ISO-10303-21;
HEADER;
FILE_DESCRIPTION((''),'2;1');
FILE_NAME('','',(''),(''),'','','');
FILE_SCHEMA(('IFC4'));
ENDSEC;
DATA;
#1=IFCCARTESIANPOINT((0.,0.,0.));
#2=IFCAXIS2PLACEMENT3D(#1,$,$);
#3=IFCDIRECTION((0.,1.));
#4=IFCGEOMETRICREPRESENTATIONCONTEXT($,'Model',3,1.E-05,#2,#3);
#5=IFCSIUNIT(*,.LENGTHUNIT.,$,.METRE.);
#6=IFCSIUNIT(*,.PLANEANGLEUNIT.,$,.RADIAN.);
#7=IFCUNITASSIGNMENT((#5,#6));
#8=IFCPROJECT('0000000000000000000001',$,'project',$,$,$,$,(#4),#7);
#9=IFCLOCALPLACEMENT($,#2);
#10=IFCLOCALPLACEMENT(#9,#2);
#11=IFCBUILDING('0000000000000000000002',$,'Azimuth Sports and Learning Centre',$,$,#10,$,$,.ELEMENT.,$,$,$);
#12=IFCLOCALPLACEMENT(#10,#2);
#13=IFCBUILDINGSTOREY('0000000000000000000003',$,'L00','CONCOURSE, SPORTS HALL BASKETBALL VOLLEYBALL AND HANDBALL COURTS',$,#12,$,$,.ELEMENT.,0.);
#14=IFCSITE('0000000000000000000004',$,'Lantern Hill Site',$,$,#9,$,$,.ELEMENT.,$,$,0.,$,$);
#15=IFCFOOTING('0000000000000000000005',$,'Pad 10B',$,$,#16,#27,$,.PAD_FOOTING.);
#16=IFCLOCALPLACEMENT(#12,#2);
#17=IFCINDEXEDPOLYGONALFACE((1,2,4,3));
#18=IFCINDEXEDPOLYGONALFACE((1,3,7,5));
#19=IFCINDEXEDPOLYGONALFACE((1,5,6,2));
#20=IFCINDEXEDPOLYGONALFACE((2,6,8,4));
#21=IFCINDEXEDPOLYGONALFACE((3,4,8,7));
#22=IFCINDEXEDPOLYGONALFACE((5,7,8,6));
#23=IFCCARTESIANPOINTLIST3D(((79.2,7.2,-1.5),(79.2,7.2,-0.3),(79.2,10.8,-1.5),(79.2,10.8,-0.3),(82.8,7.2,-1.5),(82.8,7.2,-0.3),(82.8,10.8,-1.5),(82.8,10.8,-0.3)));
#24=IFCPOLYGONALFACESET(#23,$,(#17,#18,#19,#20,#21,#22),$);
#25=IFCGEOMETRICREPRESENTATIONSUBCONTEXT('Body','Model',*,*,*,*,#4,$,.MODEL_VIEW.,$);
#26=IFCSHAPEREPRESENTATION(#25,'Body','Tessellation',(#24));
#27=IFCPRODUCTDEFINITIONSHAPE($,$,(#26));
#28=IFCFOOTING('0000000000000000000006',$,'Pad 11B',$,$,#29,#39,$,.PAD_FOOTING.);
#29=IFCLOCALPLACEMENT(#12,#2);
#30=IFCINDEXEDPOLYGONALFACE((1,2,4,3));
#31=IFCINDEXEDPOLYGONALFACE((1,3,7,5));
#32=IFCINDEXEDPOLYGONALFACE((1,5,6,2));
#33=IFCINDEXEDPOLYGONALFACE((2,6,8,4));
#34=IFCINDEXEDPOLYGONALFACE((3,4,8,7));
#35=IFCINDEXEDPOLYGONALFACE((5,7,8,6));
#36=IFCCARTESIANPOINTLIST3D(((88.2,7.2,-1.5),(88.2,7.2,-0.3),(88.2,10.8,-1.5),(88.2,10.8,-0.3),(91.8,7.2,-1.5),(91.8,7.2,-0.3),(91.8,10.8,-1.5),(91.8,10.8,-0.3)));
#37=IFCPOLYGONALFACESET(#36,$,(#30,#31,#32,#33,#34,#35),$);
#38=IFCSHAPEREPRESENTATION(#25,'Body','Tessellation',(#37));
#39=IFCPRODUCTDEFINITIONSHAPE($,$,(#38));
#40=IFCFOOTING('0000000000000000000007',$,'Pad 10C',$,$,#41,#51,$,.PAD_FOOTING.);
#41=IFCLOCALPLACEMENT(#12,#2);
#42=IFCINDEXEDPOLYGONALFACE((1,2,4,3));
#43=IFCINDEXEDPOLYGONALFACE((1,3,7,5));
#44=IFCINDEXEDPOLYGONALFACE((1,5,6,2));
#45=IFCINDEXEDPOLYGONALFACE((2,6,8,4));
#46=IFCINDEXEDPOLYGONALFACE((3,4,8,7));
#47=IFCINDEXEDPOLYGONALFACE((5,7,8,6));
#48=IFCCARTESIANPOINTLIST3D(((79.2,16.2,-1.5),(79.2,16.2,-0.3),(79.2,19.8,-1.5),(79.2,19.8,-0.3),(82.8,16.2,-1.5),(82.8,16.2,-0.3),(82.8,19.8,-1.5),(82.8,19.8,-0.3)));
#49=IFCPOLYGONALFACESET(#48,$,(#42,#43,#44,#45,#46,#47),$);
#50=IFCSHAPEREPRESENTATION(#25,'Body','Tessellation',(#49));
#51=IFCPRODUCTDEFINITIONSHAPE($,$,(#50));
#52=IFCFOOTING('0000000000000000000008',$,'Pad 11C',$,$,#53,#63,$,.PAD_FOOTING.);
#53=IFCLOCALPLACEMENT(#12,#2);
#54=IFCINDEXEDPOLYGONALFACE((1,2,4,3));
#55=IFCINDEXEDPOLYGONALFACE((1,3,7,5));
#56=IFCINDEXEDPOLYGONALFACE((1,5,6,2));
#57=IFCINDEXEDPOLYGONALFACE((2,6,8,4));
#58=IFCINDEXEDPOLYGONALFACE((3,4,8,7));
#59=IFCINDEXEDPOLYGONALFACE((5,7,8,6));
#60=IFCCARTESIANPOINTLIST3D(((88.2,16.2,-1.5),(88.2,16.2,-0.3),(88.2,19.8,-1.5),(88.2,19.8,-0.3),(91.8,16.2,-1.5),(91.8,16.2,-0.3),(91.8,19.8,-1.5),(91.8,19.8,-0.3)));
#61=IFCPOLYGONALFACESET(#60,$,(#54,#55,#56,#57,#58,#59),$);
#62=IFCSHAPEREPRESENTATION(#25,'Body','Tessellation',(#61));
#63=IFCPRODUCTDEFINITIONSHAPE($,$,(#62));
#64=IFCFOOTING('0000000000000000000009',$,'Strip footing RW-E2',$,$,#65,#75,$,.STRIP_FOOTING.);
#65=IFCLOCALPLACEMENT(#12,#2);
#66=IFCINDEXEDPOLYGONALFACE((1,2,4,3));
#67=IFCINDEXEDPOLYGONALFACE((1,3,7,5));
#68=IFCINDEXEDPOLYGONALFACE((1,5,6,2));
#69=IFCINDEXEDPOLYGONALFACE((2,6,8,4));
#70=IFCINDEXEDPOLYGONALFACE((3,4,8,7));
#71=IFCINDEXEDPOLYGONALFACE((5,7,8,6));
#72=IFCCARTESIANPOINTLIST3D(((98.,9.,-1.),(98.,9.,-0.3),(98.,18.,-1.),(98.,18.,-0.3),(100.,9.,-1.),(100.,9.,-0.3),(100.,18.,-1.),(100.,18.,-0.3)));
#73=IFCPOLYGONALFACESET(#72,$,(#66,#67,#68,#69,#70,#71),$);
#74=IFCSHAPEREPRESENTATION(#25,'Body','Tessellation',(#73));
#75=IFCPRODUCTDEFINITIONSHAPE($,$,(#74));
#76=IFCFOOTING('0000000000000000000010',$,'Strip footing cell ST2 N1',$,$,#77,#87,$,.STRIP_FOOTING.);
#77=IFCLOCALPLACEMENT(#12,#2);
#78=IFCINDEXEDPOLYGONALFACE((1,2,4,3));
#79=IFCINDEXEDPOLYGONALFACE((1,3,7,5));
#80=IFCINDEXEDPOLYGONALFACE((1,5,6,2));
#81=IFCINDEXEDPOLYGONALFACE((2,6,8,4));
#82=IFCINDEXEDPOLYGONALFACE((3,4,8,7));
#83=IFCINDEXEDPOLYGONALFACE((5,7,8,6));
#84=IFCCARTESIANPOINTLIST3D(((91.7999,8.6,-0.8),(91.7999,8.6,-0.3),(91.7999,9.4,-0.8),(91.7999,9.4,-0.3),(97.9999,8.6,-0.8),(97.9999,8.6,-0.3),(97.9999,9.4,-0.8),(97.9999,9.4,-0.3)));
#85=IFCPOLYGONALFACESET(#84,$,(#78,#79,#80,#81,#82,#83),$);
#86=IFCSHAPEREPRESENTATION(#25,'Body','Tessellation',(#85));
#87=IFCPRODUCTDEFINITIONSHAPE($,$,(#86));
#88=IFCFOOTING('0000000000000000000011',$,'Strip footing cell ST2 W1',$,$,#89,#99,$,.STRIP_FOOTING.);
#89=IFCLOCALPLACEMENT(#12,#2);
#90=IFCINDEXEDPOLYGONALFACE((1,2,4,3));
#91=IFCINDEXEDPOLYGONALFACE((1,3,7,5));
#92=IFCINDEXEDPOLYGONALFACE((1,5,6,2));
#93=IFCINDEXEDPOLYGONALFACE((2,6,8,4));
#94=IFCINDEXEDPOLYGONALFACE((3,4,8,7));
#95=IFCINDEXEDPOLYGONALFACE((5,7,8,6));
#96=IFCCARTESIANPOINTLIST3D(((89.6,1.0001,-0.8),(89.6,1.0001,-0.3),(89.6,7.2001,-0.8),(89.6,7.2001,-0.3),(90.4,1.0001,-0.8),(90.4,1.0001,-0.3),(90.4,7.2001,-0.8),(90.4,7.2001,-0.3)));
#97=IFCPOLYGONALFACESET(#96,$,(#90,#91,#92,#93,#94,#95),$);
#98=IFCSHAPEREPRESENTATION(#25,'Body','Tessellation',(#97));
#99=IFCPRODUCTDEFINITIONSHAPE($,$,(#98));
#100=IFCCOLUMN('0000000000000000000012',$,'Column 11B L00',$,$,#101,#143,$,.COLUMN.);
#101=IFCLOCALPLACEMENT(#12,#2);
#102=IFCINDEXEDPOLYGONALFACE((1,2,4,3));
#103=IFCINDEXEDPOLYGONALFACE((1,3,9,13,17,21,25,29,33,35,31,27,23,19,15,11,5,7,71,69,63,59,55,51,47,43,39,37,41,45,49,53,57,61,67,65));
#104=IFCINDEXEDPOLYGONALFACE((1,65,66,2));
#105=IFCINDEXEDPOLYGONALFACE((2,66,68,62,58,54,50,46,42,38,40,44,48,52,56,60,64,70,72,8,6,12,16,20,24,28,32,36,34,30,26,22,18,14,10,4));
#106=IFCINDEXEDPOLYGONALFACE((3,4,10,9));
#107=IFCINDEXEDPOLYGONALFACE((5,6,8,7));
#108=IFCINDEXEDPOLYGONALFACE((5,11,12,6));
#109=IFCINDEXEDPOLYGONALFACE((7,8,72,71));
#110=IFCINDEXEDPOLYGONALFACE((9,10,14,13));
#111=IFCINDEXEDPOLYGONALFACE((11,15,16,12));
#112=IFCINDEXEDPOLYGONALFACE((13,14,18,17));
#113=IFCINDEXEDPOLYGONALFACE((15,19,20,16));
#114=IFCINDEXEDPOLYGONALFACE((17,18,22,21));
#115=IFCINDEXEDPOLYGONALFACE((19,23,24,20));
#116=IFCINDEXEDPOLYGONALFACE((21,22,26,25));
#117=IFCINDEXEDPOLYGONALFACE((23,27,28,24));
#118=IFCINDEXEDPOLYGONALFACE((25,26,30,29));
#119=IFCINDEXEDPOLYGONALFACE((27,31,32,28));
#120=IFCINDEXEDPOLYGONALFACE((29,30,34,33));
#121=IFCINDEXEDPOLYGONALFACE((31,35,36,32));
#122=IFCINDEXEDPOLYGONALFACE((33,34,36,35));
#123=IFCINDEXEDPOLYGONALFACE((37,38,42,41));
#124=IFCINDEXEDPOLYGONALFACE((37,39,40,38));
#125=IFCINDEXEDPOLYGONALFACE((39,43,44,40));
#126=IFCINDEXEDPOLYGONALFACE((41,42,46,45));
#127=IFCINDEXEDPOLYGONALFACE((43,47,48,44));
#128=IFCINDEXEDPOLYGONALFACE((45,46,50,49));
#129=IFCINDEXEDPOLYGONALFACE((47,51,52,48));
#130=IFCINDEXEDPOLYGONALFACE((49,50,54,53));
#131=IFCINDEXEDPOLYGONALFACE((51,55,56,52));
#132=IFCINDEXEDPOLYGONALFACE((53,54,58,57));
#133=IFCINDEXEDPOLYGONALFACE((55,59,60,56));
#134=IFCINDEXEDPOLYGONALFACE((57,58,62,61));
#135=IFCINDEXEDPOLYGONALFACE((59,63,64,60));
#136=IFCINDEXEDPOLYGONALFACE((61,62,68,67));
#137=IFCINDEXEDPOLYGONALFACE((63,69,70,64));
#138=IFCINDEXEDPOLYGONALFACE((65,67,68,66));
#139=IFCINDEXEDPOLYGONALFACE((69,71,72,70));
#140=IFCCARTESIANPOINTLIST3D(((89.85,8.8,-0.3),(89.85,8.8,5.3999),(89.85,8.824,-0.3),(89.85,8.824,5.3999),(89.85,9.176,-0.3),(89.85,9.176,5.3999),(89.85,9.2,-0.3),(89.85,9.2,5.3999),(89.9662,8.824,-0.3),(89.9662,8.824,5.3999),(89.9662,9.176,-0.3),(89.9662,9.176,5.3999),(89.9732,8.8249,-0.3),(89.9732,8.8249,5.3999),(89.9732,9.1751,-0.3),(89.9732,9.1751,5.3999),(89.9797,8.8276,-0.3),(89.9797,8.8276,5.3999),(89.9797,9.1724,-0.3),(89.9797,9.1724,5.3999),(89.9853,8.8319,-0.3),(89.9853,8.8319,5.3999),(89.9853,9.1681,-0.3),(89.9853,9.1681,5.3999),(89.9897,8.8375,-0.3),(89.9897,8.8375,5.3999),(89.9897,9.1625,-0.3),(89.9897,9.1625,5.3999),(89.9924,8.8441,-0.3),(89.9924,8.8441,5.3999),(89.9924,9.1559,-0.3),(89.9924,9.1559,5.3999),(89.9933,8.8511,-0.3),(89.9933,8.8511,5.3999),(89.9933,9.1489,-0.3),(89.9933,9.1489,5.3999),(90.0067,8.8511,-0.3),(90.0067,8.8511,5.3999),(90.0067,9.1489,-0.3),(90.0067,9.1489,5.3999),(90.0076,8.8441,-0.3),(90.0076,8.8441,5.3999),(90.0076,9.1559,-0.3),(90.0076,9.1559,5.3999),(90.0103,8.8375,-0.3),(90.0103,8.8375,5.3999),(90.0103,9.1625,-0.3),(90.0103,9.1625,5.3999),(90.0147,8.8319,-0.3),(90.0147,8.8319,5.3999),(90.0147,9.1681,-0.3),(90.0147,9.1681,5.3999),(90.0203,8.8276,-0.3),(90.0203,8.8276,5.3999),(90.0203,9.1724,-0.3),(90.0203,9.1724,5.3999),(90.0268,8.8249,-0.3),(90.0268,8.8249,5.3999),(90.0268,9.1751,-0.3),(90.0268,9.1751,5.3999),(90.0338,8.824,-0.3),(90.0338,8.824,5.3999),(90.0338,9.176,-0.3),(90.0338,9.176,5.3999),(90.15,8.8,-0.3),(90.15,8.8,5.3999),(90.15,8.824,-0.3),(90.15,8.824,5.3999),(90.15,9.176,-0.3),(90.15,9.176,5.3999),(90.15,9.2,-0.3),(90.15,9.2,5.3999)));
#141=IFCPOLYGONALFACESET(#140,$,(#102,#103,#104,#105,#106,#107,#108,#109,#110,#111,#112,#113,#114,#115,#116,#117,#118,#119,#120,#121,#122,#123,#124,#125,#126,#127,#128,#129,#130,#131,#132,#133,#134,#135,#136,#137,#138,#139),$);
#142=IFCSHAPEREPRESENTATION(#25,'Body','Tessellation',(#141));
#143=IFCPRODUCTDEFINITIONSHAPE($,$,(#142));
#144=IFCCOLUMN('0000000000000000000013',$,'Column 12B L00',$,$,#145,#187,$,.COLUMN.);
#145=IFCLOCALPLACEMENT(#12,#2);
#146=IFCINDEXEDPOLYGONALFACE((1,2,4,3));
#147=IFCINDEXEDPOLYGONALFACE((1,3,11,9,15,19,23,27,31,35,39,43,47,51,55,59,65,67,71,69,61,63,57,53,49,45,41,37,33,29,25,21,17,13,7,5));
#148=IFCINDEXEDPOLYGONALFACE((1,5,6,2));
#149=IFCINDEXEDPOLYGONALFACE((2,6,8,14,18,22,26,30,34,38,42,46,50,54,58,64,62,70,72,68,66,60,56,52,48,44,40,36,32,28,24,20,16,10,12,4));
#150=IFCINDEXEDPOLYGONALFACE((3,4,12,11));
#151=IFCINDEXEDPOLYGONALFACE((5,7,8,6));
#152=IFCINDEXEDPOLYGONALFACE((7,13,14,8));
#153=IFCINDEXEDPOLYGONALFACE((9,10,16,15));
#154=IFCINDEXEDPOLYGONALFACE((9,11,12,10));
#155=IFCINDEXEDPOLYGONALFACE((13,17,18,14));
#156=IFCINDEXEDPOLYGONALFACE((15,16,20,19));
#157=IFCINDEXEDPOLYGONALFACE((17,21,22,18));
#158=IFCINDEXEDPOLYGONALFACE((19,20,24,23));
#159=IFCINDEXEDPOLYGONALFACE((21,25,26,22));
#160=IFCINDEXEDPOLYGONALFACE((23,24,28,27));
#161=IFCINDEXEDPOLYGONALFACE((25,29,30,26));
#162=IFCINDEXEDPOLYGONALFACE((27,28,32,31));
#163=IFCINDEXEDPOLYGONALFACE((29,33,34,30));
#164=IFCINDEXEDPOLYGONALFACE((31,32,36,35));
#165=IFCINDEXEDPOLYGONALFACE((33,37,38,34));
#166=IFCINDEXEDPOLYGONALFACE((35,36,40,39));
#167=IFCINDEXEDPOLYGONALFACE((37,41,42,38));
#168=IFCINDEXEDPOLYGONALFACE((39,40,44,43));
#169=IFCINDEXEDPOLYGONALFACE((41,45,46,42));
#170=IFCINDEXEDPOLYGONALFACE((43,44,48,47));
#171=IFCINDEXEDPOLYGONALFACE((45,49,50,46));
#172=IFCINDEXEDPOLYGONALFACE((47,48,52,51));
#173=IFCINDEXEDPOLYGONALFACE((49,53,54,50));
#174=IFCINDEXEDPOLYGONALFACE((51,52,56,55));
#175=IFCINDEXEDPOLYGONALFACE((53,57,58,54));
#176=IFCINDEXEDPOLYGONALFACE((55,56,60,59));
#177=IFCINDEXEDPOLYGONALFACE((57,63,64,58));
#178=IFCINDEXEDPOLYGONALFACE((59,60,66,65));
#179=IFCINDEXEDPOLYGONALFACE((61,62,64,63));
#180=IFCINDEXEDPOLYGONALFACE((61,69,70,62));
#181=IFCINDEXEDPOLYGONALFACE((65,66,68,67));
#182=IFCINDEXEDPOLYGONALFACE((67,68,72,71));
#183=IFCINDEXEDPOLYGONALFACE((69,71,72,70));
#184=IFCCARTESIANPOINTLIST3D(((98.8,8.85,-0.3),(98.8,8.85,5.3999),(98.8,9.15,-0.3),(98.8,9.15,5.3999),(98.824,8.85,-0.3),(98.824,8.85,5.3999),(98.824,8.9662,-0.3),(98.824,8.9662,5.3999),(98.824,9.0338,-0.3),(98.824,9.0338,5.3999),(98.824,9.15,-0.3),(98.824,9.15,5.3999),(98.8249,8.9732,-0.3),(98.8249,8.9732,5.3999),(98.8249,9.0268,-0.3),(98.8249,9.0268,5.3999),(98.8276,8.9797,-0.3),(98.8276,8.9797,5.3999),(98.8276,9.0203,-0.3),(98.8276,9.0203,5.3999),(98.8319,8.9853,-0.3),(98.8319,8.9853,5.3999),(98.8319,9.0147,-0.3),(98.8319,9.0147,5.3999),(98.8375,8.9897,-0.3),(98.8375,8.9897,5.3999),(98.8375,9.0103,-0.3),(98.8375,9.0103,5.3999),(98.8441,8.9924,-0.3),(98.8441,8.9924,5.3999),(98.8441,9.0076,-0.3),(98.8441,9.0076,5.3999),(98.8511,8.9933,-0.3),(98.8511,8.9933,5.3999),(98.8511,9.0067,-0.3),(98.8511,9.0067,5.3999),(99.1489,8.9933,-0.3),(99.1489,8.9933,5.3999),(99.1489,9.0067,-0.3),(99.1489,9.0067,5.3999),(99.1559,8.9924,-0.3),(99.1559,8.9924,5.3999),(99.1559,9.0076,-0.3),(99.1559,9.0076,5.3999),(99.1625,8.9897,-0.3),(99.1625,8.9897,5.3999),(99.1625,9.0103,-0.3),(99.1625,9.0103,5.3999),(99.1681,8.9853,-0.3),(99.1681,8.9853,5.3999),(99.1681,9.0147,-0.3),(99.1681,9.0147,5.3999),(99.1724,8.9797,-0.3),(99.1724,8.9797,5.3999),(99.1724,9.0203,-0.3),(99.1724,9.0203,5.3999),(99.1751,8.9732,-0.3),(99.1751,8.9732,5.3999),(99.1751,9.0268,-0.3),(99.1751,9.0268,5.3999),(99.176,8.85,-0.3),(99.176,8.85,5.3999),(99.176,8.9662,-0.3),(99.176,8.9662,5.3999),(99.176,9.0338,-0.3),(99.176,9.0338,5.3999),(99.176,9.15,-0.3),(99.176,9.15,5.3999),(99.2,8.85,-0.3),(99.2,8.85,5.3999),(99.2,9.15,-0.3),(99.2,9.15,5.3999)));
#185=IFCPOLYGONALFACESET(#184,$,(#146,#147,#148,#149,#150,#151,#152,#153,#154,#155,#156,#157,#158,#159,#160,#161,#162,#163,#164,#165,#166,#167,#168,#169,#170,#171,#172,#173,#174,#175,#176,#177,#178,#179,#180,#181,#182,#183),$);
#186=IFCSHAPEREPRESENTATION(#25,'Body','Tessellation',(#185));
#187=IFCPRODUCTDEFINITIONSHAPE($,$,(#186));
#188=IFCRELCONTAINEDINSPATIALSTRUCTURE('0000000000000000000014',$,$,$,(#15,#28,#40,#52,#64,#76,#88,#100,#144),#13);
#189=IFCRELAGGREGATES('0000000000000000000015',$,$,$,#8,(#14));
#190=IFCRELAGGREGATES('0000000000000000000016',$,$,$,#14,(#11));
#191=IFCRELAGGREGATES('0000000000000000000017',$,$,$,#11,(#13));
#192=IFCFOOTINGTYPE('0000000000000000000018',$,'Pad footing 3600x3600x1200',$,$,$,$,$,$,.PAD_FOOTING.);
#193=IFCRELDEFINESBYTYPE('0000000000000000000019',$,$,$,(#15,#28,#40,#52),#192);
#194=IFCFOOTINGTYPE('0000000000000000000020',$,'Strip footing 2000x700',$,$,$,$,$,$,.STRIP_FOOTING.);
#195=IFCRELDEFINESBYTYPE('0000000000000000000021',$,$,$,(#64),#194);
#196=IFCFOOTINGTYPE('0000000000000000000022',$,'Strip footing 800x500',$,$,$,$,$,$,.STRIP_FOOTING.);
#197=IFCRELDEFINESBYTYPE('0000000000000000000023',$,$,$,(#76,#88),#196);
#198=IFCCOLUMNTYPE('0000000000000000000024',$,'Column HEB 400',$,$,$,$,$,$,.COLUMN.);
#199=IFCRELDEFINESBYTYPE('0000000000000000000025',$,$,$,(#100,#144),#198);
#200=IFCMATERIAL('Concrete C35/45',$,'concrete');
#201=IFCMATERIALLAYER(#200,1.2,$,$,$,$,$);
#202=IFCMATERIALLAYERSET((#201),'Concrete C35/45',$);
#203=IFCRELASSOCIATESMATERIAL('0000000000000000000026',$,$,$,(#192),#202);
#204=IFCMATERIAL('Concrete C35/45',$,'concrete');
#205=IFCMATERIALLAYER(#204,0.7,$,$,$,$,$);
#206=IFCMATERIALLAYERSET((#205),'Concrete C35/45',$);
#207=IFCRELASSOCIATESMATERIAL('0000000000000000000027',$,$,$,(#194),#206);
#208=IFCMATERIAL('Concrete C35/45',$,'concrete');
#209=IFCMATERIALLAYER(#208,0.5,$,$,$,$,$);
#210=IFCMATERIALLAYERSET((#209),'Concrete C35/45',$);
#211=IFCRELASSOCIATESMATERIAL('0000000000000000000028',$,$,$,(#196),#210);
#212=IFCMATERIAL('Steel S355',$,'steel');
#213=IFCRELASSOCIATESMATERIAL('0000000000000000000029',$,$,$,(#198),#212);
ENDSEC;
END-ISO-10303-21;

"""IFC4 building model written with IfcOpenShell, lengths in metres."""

from ifc_helpers import new_model, si_unit, direction, frame, origin, origin_2d, place, context, subcontext, project, spatial, rectangle, i_section, extrude, material, layer, layer_set, material_profile, profile_set, type_object, element, save


model = new_model("IFC4")

# Units and contexts
model_context = context("Model", 3, precision=1e-05, world=origin(), true_north=direction((0.0, 1.0)))
body_context = subcontext(model_context, "Body", "Model", "MODEL_VIEW")
ifc_project = project(units=[si_unit("LENGTHUNIT", "METRE"), si_unit("PLANEANGLEUNIT", "RADIAN")], contexts=[model_context])

# Site, building, storey
site_placement = place(None, origin())
site = spatial("IfcSite", under=ifc_project, at=site_placement, Name="Lantern Hill Site", CompositionType="ELEMENT", RefElevation=0.0)
building_placement = place(site_placement, origin())
building = spatial("IfcBuilding", under=site, at=building_placement, Name="Azimuth Sports and Learning Centre", CompositionType="ELEMENT")
storey_placement = place(building_placement, origin())
storey = spatial("IfcBuildingStorey", under=building, at=storey_placement, Name="L00", Description="CONCOURSE, SPORTS HALL BASKETBALL VOLLEYBALL AND HANDBALL COURTS", CompositionType="ELEMENT", Elevation=0.0)

# Footings
ifc_material_1 = material(Name="Concrete C35/45", Category="concrete")
ifc_layer_1 = layer(ifc_material_1, 1.2)
ifc_layer_set_1 = layer_set([ifc_layer_1], Name="Concrete C35/45")
footing_type_1 = type_object("IfcFootingType", Name="Pad footing 3600x3600x1200", PredefinedType="PAD_FOOTING", material=ifc_layer_set_1)
for number, where, z_axis, x_axis, name in (
    (1, (81.0, 9.0, -1.5), (0.0, 0.0, 1.0), (1.0, 0.0, 0.0), "Pad 10B"),
    (2, (90.0, 9.0, -1.5), (0.0, 0.0, 1.0), (1.0, 0.0, 0.0), "Pad 11B"),
    (3, (81.0, 18.0, -1.5), (0.0, 0.0, 1.0), (1.0, 0.0, 0.0), "Pad 10C"),
    (4, (90.0, 18.0, -1.5), (0.0, 0.0, 1.0), (1.0, 0.0, 0.0), "Pad 11C"),
):
    element("IfcFooting", number, at=place(storey_placement, frame(where, z_axis=z_axis, x_axis=x_axis)), inside=storey, type_object=footing_type_1, Name=name, PredefinedType="PAD_FOOTING", context=body_context, shape_type="SweptSolid", body=[
        extrude(rectangle(XDim=3.6001, YDim=3.6001, at=origin_2d()), origin(), (0.0, 0.0, 1.0), 1.2),
    ])
ifc_material_2 = material(Name="Concrete C35/45", Category="concrete")
ifc_layer_2 = layer(ifc_material_2, 0.7)
ifc_layer_set_2 = layer_set([ifc_layer_2], Name="Concrete C35/45")
footing_type_2 = type_object("IfcFootingType", Name="Strip footing 2000x700", PredefinedType="STRIP_FOOTING", material=ifc_layer_set_2)
footing_1_placement = place(storey_placement, frame((99.0, 13.5, -1.0), z_axis=(0.0, 0.0, 1.0), x_axis=(1.0, 0.0, 0.0)))
element("IfcFooting", 5, at=footing_1_placement, inside=storey, type_object=footing_type_2, Name="Strip footing RW-E2", PredefinedType="STRIP_FOOTING", context=body_context, shape_type="SweptSolid", body=[
    extrude(rectangle(XDim=2.0, YDim=9.0, at=origin_2d()), origin(), (0.0, 0.0, 1.0), 0.7),
])
ifc_material_3 = material(Name="Concrete C35/45", Category="concrete")
ifc_layer_3 = layer(ifc_material_3, 0.5)
ifc_layer_set_3 = layer_set([ifc_layer_3], Name="Concrete C35/45")
footing_type_3 = type_object("IfcFootingType", Name="Strip footing 800x500", PredefinedType="STRIP_FOOTING", material=ifc_layer_set_3)
footing_2_placement = place(storey_placement, frame((94.8999, 9.0, -0.8), z_axis=(0.0, 0.0, 1.0), x_axis=(1.0, 0.0, 0.0)))
element("IfcFooting", 6, at=footing_2_placement, inside=storey, type_object=footing_type_3, Name="Strip footing cell ST2 N1", PredefinedType="STRIP_FOOTING", context=body_context, shape_type="SweptSolid", body=[
    extrude(rectangle(XDim=6.2, YDim=0.8, at=origin_2d()), origin(), (0.0, 0.0, 1.0), 0.5),
])
footing_3_placement = place(storey_placement, frame((90.0, 4.1001, -0.8), z_axis=(0.0, 0.0, 1.0), x_axis=(1.0, 0.0, 0.0)))
element("IfcFooting", 7, at=footing_3_placement, inside=storey, type_object=footing_type_3, Name="Strip footing cell ST2 W1", PredefinedType="STRIP_FOOTING", context=body_context, shape_type="SweptSolid", body=[
    extrude(rectangle(XDim=0.8, YDim=6.2, at=origin_2d()), origin(), (0.0, 0.0, 1.0), 0.5),
])

# Columns
ifc_material_4 = material(Name="Steel S355", Category="steel")
ifc_material_profile_1 = material_profile(ifc_material_4, i_section(OverallWidth=0.3, OverallDepth=0.3999, WebThickness=0.0134, FlangeThickness=0.0239, FilletRadius=0.0271, at=origin_2d()), Name="HEB 400")
ifc_profile_set_1 = profile_set([ifc_material_profile_1], Name="Steel S355")
column_type = type_object("IfcColumnType", Name="Column HEB 400", PredefinedType="COLUMN", material=ifc_profile_set_1)
for number, where, z_axis, x_axis, name in (
    (8, (90.0, 9.0, -0.3), (0.0, 0.0, 1.0), (1.0, 0.0, 0.0), "Column 11B L00"),
    (9, (99.0, 9.0, -0.3), (0.0, 0.0, 1.0), (0.0, 1.0, 0.0), "Column 12B L00"),
):
    element("IfcColumn", number, at=place(storey_placement, frame(where, z_axis=z_axis, x_axis=x_axis)), inside=storey, type_object=column_type, Name=name, PredefinedType="COLUMN", context=body_context, shape_type="SweptSolid", body=[
        extrude(i_section(OverallWidth=0.3, OverallDepth=0.3999, WebThickness=0.0134, FlangeThickness=0.0239, FilletRadius=0.0271, at=origin_2d()), origin(), (0.0, 0.0, 1.0), 5.7),
    ])

save(model, "model.ifc")
